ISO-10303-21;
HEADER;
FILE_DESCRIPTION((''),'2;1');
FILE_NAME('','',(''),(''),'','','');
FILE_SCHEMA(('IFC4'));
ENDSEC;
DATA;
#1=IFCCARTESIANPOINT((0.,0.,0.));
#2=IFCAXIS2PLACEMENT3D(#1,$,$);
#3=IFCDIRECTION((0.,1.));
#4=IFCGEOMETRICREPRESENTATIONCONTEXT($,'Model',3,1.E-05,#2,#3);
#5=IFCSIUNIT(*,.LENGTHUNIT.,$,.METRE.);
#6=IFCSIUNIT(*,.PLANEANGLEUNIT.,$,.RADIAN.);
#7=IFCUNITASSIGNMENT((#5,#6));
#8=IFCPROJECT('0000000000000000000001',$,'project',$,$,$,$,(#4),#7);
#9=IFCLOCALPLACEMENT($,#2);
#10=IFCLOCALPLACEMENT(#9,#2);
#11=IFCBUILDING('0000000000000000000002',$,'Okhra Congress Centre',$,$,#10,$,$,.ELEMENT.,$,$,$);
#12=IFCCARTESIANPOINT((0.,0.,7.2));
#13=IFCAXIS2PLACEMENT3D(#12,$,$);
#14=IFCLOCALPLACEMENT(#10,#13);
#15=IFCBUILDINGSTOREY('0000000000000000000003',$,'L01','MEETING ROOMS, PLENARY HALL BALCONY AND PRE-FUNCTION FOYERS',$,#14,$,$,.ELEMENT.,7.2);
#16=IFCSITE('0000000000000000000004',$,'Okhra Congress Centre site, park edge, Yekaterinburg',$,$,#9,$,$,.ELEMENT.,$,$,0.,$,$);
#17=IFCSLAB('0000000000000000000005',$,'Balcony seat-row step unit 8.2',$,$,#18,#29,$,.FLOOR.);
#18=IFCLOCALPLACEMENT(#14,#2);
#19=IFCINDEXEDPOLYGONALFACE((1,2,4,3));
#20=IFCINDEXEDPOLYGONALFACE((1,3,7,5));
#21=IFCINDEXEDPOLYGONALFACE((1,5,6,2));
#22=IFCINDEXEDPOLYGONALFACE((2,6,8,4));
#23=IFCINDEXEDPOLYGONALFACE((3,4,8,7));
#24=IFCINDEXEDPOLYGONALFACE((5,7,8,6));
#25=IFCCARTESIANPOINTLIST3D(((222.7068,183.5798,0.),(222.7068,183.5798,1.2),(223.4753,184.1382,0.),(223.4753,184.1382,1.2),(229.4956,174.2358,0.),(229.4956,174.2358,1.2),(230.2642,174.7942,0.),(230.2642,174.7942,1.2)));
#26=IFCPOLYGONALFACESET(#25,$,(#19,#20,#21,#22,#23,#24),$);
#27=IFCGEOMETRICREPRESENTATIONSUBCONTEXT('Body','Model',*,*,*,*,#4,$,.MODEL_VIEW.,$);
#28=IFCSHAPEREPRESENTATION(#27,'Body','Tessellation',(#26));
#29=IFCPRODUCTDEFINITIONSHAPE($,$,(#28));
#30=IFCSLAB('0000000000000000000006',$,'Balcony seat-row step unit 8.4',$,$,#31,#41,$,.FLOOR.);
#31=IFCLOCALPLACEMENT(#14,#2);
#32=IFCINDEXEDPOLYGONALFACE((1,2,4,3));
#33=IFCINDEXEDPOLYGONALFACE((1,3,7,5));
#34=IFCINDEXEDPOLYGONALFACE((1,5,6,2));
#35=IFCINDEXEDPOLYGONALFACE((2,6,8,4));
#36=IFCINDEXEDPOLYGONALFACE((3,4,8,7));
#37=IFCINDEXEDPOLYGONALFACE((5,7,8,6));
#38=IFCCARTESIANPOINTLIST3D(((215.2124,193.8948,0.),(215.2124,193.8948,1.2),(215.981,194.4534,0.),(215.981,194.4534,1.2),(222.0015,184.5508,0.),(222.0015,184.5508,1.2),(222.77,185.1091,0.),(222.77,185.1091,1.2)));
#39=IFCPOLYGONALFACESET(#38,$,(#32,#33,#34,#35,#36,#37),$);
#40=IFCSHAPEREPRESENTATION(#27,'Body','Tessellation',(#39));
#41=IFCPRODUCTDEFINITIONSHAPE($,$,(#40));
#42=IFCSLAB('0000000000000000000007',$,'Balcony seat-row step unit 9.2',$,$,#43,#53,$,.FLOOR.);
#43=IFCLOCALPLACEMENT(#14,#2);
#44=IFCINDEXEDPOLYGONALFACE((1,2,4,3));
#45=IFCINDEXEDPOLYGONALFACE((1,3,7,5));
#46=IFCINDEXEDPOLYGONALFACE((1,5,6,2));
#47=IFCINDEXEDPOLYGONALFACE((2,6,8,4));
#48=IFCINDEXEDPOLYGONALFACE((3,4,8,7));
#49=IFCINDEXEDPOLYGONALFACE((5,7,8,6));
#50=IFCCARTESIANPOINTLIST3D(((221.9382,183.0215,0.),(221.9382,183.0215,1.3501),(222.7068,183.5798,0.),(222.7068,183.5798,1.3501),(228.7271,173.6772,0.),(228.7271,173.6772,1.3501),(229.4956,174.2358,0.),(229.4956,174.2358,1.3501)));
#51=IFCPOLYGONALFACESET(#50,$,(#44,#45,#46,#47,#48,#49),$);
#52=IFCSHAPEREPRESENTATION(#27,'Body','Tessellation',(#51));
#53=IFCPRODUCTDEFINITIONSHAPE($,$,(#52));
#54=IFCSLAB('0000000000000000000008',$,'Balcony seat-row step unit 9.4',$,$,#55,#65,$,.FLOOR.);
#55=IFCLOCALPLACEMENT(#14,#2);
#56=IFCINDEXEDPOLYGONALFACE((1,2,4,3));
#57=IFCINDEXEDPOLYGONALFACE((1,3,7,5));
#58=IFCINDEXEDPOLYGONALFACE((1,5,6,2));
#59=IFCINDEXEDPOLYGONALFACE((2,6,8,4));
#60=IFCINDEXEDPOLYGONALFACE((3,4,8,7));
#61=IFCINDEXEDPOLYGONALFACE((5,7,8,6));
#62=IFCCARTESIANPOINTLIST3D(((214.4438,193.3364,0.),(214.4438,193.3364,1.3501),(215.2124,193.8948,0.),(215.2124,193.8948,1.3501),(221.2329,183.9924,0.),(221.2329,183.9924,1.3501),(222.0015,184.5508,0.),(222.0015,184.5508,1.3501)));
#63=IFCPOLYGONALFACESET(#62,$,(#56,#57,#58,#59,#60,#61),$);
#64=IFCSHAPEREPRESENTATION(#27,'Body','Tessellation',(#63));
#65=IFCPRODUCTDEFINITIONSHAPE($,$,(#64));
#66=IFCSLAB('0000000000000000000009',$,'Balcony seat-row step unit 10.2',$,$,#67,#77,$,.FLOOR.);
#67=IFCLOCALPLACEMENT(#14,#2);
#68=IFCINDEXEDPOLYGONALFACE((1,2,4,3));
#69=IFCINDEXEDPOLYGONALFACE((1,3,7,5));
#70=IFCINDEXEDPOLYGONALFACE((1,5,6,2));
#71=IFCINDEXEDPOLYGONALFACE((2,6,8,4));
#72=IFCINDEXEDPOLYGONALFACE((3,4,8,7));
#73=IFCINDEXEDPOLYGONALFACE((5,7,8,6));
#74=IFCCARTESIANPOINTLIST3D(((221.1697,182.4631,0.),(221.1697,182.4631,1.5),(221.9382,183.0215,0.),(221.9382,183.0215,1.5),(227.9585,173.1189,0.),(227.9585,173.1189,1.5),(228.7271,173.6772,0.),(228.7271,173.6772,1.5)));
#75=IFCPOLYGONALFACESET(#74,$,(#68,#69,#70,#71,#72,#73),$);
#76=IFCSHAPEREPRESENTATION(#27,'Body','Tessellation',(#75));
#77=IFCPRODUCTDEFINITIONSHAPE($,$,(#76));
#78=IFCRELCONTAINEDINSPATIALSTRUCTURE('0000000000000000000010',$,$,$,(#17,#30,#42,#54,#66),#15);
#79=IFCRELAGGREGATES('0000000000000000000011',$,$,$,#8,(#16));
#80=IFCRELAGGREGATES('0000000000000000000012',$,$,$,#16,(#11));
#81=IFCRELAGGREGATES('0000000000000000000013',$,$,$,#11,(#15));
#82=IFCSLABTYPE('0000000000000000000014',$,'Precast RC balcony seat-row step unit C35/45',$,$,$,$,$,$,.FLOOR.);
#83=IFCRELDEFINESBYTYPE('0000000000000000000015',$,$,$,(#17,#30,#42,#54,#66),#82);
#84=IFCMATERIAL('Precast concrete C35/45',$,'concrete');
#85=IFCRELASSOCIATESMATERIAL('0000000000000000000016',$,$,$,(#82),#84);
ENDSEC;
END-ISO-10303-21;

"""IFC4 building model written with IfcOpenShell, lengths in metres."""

from ifc_helpers import new_model, si_unit, direction, frame, origin, place, context, subcontext, project, spatial, polyline, outline, extrude, material, type_object, element, save


model = new_model("IFC4")

# Units and contexts
model_context = context("Model", 3, precision=1e-05, world=origin(), true_north=direction((0.0, 1.0)))
body_context = subcontext(model_context, "Body", "Model", "MODEL_VIEW")
ifc_project = project(units=[si_unit("LENGTHUNIT", "METRE"), si_unit("PLANEANGLEUNIT", "RADIAN")], contexts=[model_context])

# Site, building, storey
site_placement = place(None, origin())
site = spatial("IfcSite", under=ifc_project, at=site_placement, Name="Okhra Congress Centre site, park edge, Yekaterinburg", CompositionType="ELEMENT", RefElevation=0.0)
building_placement = place(site_placement, origin())
building = spatial("IfcBuilding", under=site, at=building_placement, Name="Okhra Congress Centre", CompositionType="ELEMENT")
storey_placement = place(building_placement, frame((0.0, 0.0, 7.2)))
storey = spatial("IfcBuildingStorey", under=building, at=storey_placement, Name="L01", Description="MEETING ROOMS, PLENARY HALL BALCONY AND PRE-FUNCTION FOYERS", CompositionType="ELEMENT", Elevation=7.2)

# Slabs
ifc_material_1 = material(Name="Precast concrete C35/45", Category="concrete")
slab_type_1 = type_object("IfcSlabType", Name="Precast RC balcony seat-row step unit C35/45", PredefinedType="FLOOR", material=ifc_material_1)
slab_1_placement = place(storey_placement, origin())
element("IfcSlab", 1, at=slab_1_placement, inside=storey, type_object=slab_type_1, Name="Balcony seat-row step unit 8.2", PredefinedType="FLOOR", context=body_context, shape_type="SweptSolid", body=[
    extrude(outline(polyline([(229.4956, 174.2358), (230.2642, 174.7942), (223.4753, 184.1382), (222.7068, 183.5798), (229.4956, 174.2358)])), origin(), (0.0, 0.0, 1.0), 1.2),
])
slab_2_placement = place(storey_placement, origin())
element("IfcSlab", 2, at=slab_2_placement, inside=storey, type_object=slab_type_1, Name="Balcony seat-row step unit 8.4", PredefinedType="FLOOR", context=body_context, shape_type="SweptSolid", body=[
    extrude(outline(polyline([(222.0015, 184.5508), (222.77, 185.1091), (215.981, 194.4534), (215.2124, 193.8948), (222.0015, 184.5508)])), origin(), (0.0, 0.0, 1.0), 1.2),
])
slab_3_placement = place(storey_placement, origin())
element("IfcSlab", 3, at=slab_3_placement, inside=storey, type_object=slab_type_1, Name="Balcony seat-row step unit 9.2", PredefinedType="FLOOR", context=body_context, shape_type="SweptSolid", body=[
    extrude(outline(polyline([(228.7271, 173.6772), (229.4956, 174.2358), (222.7068, 183.5798), (221.9382, 183.0215), (228.7271, 173.6772)])), origin(), (0.0, 0.0, 1.0), 1.3501),
])
slab_4_placement = place(storey_placement, origin())
element("IfcSlab", 4, at=slab_4_placement, inside=storey, type_object=slab_type_1, Name="Balcony seat-row step unit 9.4", PredefinedType="FLOOR", context=body_context, shape_type="SweptSolid", body=[
    extrude(outline(polyline([(221.2329, 183.9924), (222.0015, 184.5508), (215.2124, 193.8948), (214.4438, 193.3364), (221.2329, 183.9924)])), origin(), (0.0, 0.0, 1.0), 1.3501),
])
slab_5_placement = place(storey_placement, origin())
element("IfcSlab", 5, at=slab_5_placement, inside=storey, type_object=slab_type_1, Name="Balcony seat-row step unit 10.2", PredefinedType="FLOOR", context=body_context, shape_type="SweptSolid", body=[
    extrude(outline(polyline([(227.9585, 173.1189), (228.7271, 173.6772), (221.9382, 183.0215), (221.1697, 182.4631), (227.9585, 173.1189)])), origin(), (0.0, 0.0, 1.0), 1.5),
])

save(model, "model.ifc")
